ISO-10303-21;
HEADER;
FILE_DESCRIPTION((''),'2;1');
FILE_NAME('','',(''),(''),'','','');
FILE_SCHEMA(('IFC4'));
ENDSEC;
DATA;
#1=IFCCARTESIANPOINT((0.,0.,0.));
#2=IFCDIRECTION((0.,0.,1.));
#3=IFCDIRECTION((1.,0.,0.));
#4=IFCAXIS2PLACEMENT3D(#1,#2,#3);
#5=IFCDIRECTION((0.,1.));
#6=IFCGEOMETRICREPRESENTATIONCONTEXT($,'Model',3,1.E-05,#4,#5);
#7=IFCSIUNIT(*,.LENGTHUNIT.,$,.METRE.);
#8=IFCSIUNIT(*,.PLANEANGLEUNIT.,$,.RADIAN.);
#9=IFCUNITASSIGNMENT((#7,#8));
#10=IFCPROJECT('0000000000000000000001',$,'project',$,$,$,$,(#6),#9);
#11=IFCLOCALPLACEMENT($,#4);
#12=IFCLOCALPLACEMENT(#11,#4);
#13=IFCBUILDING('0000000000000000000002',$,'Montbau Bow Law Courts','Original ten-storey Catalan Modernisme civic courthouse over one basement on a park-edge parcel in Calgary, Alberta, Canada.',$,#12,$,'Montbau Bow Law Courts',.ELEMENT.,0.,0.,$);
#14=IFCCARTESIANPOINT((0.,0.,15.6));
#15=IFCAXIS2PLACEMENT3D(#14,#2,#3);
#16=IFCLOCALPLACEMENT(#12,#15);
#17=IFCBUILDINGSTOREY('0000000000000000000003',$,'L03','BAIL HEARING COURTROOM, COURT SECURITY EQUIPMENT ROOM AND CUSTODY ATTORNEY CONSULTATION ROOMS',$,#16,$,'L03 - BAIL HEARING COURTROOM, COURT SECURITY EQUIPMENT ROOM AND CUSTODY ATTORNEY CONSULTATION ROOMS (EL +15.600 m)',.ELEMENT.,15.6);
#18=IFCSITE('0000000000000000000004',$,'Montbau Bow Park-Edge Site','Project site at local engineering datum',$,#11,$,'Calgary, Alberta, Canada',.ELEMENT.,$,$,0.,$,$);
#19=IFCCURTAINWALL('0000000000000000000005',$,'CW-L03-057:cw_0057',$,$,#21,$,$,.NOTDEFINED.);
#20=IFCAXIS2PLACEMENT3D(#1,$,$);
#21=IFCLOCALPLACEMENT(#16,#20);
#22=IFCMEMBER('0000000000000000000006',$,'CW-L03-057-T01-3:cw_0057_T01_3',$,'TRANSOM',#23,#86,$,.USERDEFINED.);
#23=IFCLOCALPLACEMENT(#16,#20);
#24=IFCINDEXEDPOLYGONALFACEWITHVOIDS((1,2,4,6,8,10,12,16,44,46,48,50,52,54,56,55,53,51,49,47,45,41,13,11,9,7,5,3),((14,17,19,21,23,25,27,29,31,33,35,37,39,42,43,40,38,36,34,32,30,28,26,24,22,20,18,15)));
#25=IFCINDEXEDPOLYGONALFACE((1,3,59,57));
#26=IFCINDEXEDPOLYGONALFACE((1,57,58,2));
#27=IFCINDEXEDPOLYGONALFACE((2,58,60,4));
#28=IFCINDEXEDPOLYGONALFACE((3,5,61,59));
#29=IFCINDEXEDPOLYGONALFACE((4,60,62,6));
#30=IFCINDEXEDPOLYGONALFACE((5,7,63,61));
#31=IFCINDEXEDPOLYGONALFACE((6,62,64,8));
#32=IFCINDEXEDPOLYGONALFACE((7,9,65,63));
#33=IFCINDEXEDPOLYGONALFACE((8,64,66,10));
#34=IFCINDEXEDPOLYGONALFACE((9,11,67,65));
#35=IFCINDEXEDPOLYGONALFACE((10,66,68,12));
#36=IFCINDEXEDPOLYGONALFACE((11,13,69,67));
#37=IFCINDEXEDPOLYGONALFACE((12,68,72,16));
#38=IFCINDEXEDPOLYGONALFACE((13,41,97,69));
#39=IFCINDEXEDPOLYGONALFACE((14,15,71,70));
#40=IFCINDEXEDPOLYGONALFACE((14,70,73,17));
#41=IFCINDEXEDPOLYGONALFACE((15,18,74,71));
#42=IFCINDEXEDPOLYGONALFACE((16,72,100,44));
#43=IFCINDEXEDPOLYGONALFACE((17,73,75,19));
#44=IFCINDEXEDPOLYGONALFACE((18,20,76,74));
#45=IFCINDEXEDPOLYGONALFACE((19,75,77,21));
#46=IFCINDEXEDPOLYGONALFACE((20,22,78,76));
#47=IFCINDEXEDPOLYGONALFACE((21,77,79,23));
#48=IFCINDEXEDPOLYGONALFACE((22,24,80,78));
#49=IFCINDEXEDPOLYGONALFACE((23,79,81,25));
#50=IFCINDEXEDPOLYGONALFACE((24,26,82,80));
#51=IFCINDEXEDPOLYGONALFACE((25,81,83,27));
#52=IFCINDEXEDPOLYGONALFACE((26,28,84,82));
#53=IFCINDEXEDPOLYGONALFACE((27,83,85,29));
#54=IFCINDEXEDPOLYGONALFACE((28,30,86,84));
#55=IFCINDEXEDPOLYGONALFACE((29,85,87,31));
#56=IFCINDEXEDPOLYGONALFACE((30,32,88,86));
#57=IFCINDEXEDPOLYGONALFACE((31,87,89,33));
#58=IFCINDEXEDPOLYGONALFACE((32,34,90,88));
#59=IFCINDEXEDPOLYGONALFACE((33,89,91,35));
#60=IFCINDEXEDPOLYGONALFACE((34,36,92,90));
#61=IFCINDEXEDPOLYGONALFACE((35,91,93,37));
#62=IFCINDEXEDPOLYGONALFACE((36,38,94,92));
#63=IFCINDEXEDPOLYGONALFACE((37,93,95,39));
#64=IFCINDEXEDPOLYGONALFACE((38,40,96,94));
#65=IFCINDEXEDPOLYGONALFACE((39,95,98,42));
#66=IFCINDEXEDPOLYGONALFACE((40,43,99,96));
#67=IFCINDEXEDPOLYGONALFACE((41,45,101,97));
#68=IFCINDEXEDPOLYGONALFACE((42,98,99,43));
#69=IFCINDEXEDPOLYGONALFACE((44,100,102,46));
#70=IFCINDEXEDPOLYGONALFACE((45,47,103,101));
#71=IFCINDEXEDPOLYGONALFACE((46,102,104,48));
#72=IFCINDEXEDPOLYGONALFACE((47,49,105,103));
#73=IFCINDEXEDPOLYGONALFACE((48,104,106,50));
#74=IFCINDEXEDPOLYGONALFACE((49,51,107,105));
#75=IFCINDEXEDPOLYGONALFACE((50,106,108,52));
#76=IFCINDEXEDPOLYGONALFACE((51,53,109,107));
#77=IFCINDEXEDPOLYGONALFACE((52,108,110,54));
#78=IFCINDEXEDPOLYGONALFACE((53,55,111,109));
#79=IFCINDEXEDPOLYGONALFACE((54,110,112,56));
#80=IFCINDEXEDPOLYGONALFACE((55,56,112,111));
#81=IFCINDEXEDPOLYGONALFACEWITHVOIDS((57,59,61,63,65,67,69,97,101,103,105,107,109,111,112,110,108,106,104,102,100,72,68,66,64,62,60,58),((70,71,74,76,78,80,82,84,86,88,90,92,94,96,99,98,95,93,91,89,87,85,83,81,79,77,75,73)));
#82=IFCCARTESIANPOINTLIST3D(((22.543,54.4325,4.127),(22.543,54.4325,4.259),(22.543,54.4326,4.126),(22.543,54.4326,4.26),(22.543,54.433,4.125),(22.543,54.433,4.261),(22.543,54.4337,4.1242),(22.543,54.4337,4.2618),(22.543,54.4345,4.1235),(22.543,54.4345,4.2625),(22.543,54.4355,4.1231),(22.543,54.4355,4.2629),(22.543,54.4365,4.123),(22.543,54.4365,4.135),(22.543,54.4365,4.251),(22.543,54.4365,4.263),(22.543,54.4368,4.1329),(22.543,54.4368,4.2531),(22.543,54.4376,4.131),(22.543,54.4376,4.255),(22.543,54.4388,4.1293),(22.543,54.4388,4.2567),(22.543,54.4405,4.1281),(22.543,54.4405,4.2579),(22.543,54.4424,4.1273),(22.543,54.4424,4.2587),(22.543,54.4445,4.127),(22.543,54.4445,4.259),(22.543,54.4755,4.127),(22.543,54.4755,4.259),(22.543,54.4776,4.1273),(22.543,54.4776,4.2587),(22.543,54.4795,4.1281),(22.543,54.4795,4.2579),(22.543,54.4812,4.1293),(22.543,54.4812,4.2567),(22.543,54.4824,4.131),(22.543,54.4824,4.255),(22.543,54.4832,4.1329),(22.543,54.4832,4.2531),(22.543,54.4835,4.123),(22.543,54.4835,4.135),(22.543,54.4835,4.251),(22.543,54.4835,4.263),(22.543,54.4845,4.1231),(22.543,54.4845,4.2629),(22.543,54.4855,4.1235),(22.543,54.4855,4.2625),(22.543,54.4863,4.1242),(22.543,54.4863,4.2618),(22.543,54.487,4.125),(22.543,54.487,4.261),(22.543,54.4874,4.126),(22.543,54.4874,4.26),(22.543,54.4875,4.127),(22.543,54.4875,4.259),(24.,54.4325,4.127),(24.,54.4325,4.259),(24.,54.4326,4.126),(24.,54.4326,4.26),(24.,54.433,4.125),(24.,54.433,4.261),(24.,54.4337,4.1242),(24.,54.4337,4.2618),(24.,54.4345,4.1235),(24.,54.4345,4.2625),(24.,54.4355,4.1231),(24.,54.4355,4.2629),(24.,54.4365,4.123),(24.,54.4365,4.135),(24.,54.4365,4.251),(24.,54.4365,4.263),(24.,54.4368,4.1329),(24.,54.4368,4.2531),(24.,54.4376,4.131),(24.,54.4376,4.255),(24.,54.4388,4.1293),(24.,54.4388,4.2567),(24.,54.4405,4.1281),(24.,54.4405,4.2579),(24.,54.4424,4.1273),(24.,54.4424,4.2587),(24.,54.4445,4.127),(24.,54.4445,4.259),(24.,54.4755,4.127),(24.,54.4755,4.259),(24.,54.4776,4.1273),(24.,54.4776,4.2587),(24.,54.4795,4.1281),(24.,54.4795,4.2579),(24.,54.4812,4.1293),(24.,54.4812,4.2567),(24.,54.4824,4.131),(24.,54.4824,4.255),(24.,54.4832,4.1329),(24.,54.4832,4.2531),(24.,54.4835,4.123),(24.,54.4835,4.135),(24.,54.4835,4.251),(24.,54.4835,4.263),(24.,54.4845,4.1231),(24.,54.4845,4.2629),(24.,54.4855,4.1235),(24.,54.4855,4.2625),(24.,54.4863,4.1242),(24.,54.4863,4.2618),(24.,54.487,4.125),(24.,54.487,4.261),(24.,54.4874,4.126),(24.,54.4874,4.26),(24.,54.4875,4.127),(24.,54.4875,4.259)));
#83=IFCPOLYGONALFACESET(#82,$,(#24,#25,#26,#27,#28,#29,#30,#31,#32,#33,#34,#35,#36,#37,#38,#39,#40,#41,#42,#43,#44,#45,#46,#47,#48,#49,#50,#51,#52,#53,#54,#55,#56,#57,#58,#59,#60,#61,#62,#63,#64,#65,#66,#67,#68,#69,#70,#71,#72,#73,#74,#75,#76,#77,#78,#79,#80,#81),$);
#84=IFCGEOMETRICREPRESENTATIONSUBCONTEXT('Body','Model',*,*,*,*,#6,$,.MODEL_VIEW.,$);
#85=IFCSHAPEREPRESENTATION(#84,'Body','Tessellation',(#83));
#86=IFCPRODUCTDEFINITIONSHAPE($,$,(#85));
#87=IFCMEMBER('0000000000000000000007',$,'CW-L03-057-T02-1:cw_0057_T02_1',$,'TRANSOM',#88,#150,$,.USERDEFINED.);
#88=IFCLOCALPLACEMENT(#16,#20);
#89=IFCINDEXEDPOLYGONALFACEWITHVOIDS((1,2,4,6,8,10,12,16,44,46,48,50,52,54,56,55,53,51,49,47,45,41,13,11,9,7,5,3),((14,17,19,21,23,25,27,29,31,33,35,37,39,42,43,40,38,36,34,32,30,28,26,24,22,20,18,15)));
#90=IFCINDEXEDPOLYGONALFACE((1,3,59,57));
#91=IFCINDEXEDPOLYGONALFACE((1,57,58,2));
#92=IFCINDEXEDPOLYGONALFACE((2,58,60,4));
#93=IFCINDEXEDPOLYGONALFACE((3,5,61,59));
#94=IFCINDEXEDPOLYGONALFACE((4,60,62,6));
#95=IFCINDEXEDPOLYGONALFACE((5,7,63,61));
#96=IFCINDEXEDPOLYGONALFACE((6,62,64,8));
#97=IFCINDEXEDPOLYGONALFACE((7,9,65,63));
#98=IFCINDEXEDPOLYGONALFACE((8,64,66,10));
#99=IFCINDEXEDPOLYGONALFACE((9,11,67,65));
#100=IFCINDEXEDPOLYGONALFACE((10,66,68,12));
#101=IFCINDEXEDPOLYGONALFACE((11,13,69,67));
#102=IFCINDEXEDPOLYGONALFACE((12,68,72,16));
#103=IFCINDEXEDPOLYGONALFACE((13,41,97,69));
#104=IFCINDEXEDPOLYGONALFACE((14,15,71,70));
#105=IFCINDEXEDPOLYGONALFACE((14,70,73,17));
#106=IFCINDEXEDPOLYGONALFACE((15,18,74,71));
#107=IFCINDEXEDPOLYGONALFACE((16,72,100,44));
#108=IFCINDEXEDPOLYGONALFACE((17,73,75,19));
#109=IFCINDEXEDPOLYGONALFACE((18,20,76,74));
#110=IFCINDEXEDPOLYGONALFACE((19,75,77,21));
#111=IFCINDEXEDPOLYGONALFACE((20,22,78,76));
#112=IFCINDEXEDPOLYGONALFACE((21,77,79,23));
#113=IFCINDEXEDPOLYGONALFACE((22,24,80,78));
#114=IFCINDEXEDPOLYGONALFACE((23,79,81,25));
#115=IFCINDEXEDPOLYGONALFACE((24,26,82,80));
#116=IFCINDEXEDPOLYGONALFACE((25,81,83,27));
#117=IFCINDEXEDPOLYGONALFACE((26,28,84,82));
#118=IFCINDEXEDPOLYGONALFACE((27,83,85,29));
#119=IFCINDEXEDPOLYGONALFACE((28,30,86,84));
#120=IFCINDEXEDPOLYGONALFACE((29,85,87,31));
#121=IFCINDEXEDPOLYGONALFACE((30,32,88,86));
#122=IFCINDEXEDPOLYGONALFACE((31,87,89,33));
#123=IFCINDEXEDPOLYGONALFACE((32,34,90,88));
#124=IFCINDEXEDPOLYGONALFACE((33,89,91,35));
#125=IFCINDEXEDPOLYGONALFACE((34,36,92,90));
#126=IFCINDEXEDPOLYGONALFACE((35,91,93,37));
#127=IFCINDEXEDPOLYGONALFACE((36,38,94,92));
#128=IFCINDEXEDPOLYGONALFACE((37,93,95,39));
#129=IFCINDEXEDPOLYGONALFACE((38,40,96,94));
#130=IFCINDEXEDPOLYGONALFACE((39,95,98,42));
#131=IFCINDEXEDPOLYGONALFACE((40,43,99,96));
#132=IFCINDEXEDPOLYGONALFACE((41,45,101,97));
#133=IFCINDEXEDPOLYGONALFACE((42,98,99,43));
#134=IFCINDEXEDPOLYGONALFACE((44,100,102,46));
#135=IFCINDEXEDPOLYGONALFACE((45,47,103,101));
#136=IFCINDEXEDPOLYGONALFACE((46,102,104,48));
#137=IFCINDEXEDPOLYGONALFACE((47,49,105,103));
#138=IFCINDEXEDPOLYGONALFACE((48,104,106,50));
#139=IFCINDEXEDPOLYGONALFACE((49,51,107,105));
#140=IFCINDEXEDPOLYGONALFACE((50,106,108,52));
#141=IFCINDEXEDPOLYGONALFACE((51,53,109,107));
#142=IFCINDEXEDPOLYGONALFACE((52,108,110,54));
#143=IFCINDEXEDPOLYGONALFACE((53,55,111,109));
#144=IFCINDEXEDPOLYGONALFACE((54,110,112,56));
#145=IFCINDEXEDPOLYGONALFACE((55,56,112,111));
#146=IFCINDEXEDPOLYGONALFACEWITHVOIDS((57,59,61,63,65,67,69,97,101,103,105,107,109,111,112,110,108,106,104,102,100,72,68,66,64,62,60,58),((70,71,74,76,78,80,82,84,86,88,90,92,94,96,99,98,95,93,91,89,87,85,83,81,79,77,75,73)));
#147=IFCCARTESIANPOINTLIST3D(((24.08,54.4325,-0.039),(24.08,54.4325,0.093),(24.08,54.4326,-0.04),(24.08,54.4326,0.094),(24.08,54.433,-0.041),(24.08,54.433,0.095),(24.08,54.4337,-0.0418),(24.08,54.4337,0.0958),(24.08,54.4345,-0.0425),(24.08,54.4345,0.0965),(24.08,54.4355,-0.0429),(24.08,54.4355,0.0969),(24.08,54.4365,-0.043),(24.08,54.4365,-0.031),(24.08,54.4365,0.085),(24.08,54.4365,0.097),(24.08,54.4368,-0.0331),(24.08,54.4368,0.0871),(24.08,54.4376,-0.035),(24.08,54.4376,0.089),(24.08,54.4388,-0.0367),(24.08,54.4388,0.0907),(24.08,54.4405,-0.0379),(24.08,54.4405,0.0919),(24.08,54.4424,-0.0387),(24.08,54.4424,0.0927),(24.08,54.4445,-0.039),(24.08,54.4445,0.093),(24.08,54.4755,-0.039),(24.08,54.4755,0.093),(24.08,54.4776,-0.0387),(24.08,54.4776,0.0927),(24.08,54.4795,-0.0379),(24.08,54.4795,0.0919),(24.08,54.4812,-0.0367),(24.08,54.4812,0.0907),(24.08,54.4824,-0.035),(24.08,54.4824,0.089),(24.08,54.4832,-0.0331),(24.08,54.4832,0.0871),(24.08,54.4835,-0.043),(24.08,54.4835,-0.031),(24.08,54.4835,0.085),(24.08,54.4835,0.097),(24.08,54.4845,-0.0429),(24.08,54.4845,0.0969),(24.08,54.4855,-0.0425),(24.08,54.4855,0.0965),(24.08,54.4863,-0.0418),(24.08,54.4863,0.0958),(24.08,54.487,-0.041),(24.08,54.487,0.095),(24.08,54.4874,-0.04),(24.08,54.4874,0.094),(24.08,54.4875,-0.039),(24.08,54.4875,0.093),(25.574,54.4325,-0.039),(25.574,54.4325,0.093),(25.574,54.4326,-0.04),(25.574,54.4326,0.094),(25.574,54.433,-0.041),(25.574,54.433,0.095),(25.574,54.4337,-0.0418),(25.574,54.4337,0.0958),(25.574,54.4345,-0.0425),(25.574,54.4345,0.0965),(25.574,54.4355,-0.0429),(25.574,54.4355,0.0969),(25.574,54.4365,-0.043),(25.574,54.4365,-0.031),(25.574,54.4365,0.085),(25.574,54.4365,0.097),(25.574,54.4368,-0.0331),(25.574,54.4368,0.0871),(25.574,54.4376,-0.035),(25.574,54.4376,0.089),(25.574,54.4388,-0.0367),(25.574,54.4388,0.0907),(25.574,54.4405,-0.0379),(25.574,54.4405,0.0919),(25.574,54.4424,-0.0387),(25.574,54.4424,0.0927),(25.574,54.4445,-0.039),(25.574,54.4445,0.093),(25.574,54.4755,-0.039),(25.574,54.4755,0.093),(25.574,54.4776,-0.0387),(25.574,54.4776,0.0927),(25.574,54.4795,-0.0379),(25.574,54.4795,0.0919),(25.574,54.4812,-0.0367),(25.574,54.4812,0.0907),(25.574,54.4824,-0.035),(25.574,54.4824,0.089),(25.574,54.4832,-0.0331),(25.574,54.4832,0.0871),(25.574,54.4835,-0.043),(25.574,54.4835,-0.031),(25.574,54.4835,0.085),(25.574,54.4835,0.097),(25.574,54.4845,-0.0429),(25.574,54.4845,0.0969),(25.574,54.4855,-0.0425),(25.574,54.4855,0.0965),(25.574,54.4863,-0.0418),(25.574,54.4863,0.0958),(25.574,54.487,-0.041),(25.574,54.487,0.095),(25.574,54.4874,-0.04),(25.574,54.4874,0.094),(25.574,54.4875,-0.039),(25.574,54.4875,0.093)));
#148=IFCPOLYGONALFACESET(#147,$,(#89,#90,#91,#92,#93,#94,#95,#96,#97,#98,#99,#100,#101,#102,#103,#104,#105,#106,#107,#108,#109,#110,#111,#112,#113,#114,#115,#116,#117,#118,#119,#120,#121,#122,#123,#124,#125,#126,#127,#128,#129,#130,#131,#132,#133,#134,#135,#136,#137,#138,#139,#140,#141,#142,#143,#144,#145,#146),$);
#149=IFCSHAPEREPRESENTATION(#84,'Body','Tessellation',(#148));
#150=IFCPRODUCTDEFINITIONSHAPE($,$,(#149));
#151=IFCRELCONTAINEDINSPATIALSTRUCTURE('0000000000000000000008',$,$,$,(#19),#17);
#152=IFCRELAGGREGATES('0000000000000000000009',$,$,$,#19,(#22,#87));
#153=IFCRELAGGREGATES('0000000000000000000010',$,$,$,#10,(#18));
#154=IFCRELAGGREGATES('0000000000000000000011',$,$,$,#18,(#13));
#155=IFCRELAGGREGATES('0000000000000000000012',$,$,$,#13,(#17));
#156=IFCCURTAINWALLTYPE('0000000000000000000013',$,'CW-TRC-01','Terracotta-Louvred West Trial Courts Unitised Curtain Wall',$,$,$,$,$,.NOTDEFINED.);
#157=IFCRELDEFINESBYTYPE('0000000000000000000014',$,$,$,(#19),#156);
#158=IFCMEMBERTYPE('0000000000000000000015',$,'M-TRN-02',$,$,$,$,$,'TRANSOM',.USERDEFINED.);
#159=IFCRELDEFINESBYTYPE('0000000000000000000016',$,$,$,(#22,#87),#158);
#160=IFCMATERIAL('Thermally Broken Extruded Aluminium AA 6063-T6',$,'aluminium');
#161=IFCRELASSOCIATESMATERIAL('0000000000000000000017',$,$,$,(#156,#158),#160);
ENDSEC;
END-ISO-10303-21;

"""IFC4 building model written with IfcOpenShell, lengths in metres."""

from ifc_helpers import new_model, si_unit, direction, frame, origin_with_axes, origin_2d_with_axis, place, context, subcontext, project, spatial, hollow_rectangle, extrude, material, material_profile, profile_set, type_object, element, aggregate, save


model = new_model("IFC4")

# Units and contexts
model_context = context("Model", 3, precision=1e-05, world=origin_with_axes(), true_north=direction((0.0, 1.0)))
body_context = subcontext(model_context, "Body", "Model", "MODEL_VIEW")
ifc_project = project(units=[si_unit("LENGTHUNIT", "METRE"), si_unit("PLANEANGLEUNIT", "RADIAN")], contexts=[model_context])

# Site, building, storey
site_placement = place(None, origin_with_axes())
site = spatial("IfcSite", under=ifc_project, at=site_placement, Name="Montbau Bow Park-Edge Site", Description="Project site at local engineering datum", LongName="Calgary, Alberta, Canada", CompositionType="ELEMENT", RefElevation=0.0)
building_placement = place(site_placement, origin_with_axes())
building = spatial("IfcBuilding", under=site, at=building_placement, Name="Montbau Bow Law Courts", Description="Original ten-storey Catalan Modernisme civic courthouse over one basement on a park-edge parcel in Calgary, Alberta, Canada.", LongName="Montbau Bow Law Courts", CompositionType="ELEMENT", ElevationOfRefHeight=0.0, ElevationOfTerrain=0.0)
storey_placement = place(building_placement, frame((0.0, 0.0, 15.6), z_axis=(0.0, 0.0, 1.0), x_axis=(1.0, 0.0, 0.0)))
storey = spatial("IfcBuildingStorey", under=building, at=storey_placement, Name="L03", Description="BAIL HEARING COURTROOM, COURT SECURITY EQUIPMENT ROOM AND CUSTODY ATTORNEY CONSULTATION ROOMS", LongName="L03 - BAIL HEARING COURTROOM, COURT SECURITY EQUIPMENT ROOM AND CUSTODY ATTORNEY CONSULTATION ROOMS (EL +15.600 m)", CompositionType="ELEMENT", Elevation=15.6)

# Curtain wall
ifc_material_1 = material(Name="Thermally Broken Extruded Aluminium AA 6063-T6", Category="aluminium")
curtain_wall_type = type_object("IfcCurtainWallType", Name="CW-TRC-01", Description="Terracotta-Louvred West Trial Courts Unitised Curtain Wall", PredefinedType="NOTDEFINED", material=ifc_material_1)
curtain_wall_1_placement = place(None, frame((22.467, 54.46, 15.6), z_axis=(0.0, 0.0, 1.0), x_axis=(1.0, 0.0, 0.0)))
curtain_wall_1 = element("IfcCurtainWall", 1, at=curtain_wall_1_placement, inside=storey, type_object=curtain_wall_type, Name="CW-L03-057:cw_0057", PredefinedType="NOTDEFINED")

# Members
ifc_material_profile_1 = material_profile(ifc_material_1, hollow_rectangle(XDim=0.055, YDim=0.14, WallThickness=0.004, InnerFilletRadius=0.008, OuterFilletRadius=0.004, at=origin_2d_with_axis()), Name="CWT-140X55", Category="Main", Priority=0)
ifc_profile_set_1 = profile_set([ifc_material_profile_1], Name="Thermally Broken Extruded Aluminium AA 6063-T6")
member_type_1 = type_object("IfcMemberType", Name="M-TRN-02", ElementType="TRANSOM", PredefinedType="USERDEFINED", material=ifc_profile_set_1)
member_1_placement = place(None, frame((22.543, 54.46, 19.793), z_axis=(1.0, 0.0, 0.0), x_axis=(0.0, 1.0, 0.0)))
member_1 = element("IfcMember", 2, at=member_1_placement, type_object=member_type_1, Name="CW-L03-057-T01-3:cw_0057_T01_3", ObjectType="TRANSOM", PredefinedType="USERDEFINED", context=body_context, shape_type="SweptSolid", body=[
    extrude(hollow_rectangle(XDim=0.055, YDim=0.14, WallThickness=0.004, InnerFilletRadius=0.008, OuterFilletRadius=0.004, at=origin_2d_with_axis()), origin_with_axes(), (0.0, 0.0, 1.0), 1.457),
])
member_2_placement = place(None, frame((24.08, 54.46, 15.627), z_axis=(1.0, 0.0, 0.0), x_axis=(0.0, 1.0, 0.0)))
member_2 = element("IfcMember", 3, at=member_2_placement, type_object=member_type_1, Name="CW-L03-057-T02-1:cw_0057_T02_1", ObjectType="TRANSOM", PredefinedType="USERDEFINED", context=body_context, shape_type="SweptSolid", body=[
    extrude(hollow_rectangle(XDim=0.055, YDim=0.14, WallThickness=0.004, InnerFilletRadius=0.008, OuterFilletRadius=0.004, at=origin_2d_with_axis()), origin_with_axes(), (0.0, 0.0, 1.0), 1.494),
])

aggregate(curtain_wall_1, [member_1, member_2])

save(model, "model.ifc")
